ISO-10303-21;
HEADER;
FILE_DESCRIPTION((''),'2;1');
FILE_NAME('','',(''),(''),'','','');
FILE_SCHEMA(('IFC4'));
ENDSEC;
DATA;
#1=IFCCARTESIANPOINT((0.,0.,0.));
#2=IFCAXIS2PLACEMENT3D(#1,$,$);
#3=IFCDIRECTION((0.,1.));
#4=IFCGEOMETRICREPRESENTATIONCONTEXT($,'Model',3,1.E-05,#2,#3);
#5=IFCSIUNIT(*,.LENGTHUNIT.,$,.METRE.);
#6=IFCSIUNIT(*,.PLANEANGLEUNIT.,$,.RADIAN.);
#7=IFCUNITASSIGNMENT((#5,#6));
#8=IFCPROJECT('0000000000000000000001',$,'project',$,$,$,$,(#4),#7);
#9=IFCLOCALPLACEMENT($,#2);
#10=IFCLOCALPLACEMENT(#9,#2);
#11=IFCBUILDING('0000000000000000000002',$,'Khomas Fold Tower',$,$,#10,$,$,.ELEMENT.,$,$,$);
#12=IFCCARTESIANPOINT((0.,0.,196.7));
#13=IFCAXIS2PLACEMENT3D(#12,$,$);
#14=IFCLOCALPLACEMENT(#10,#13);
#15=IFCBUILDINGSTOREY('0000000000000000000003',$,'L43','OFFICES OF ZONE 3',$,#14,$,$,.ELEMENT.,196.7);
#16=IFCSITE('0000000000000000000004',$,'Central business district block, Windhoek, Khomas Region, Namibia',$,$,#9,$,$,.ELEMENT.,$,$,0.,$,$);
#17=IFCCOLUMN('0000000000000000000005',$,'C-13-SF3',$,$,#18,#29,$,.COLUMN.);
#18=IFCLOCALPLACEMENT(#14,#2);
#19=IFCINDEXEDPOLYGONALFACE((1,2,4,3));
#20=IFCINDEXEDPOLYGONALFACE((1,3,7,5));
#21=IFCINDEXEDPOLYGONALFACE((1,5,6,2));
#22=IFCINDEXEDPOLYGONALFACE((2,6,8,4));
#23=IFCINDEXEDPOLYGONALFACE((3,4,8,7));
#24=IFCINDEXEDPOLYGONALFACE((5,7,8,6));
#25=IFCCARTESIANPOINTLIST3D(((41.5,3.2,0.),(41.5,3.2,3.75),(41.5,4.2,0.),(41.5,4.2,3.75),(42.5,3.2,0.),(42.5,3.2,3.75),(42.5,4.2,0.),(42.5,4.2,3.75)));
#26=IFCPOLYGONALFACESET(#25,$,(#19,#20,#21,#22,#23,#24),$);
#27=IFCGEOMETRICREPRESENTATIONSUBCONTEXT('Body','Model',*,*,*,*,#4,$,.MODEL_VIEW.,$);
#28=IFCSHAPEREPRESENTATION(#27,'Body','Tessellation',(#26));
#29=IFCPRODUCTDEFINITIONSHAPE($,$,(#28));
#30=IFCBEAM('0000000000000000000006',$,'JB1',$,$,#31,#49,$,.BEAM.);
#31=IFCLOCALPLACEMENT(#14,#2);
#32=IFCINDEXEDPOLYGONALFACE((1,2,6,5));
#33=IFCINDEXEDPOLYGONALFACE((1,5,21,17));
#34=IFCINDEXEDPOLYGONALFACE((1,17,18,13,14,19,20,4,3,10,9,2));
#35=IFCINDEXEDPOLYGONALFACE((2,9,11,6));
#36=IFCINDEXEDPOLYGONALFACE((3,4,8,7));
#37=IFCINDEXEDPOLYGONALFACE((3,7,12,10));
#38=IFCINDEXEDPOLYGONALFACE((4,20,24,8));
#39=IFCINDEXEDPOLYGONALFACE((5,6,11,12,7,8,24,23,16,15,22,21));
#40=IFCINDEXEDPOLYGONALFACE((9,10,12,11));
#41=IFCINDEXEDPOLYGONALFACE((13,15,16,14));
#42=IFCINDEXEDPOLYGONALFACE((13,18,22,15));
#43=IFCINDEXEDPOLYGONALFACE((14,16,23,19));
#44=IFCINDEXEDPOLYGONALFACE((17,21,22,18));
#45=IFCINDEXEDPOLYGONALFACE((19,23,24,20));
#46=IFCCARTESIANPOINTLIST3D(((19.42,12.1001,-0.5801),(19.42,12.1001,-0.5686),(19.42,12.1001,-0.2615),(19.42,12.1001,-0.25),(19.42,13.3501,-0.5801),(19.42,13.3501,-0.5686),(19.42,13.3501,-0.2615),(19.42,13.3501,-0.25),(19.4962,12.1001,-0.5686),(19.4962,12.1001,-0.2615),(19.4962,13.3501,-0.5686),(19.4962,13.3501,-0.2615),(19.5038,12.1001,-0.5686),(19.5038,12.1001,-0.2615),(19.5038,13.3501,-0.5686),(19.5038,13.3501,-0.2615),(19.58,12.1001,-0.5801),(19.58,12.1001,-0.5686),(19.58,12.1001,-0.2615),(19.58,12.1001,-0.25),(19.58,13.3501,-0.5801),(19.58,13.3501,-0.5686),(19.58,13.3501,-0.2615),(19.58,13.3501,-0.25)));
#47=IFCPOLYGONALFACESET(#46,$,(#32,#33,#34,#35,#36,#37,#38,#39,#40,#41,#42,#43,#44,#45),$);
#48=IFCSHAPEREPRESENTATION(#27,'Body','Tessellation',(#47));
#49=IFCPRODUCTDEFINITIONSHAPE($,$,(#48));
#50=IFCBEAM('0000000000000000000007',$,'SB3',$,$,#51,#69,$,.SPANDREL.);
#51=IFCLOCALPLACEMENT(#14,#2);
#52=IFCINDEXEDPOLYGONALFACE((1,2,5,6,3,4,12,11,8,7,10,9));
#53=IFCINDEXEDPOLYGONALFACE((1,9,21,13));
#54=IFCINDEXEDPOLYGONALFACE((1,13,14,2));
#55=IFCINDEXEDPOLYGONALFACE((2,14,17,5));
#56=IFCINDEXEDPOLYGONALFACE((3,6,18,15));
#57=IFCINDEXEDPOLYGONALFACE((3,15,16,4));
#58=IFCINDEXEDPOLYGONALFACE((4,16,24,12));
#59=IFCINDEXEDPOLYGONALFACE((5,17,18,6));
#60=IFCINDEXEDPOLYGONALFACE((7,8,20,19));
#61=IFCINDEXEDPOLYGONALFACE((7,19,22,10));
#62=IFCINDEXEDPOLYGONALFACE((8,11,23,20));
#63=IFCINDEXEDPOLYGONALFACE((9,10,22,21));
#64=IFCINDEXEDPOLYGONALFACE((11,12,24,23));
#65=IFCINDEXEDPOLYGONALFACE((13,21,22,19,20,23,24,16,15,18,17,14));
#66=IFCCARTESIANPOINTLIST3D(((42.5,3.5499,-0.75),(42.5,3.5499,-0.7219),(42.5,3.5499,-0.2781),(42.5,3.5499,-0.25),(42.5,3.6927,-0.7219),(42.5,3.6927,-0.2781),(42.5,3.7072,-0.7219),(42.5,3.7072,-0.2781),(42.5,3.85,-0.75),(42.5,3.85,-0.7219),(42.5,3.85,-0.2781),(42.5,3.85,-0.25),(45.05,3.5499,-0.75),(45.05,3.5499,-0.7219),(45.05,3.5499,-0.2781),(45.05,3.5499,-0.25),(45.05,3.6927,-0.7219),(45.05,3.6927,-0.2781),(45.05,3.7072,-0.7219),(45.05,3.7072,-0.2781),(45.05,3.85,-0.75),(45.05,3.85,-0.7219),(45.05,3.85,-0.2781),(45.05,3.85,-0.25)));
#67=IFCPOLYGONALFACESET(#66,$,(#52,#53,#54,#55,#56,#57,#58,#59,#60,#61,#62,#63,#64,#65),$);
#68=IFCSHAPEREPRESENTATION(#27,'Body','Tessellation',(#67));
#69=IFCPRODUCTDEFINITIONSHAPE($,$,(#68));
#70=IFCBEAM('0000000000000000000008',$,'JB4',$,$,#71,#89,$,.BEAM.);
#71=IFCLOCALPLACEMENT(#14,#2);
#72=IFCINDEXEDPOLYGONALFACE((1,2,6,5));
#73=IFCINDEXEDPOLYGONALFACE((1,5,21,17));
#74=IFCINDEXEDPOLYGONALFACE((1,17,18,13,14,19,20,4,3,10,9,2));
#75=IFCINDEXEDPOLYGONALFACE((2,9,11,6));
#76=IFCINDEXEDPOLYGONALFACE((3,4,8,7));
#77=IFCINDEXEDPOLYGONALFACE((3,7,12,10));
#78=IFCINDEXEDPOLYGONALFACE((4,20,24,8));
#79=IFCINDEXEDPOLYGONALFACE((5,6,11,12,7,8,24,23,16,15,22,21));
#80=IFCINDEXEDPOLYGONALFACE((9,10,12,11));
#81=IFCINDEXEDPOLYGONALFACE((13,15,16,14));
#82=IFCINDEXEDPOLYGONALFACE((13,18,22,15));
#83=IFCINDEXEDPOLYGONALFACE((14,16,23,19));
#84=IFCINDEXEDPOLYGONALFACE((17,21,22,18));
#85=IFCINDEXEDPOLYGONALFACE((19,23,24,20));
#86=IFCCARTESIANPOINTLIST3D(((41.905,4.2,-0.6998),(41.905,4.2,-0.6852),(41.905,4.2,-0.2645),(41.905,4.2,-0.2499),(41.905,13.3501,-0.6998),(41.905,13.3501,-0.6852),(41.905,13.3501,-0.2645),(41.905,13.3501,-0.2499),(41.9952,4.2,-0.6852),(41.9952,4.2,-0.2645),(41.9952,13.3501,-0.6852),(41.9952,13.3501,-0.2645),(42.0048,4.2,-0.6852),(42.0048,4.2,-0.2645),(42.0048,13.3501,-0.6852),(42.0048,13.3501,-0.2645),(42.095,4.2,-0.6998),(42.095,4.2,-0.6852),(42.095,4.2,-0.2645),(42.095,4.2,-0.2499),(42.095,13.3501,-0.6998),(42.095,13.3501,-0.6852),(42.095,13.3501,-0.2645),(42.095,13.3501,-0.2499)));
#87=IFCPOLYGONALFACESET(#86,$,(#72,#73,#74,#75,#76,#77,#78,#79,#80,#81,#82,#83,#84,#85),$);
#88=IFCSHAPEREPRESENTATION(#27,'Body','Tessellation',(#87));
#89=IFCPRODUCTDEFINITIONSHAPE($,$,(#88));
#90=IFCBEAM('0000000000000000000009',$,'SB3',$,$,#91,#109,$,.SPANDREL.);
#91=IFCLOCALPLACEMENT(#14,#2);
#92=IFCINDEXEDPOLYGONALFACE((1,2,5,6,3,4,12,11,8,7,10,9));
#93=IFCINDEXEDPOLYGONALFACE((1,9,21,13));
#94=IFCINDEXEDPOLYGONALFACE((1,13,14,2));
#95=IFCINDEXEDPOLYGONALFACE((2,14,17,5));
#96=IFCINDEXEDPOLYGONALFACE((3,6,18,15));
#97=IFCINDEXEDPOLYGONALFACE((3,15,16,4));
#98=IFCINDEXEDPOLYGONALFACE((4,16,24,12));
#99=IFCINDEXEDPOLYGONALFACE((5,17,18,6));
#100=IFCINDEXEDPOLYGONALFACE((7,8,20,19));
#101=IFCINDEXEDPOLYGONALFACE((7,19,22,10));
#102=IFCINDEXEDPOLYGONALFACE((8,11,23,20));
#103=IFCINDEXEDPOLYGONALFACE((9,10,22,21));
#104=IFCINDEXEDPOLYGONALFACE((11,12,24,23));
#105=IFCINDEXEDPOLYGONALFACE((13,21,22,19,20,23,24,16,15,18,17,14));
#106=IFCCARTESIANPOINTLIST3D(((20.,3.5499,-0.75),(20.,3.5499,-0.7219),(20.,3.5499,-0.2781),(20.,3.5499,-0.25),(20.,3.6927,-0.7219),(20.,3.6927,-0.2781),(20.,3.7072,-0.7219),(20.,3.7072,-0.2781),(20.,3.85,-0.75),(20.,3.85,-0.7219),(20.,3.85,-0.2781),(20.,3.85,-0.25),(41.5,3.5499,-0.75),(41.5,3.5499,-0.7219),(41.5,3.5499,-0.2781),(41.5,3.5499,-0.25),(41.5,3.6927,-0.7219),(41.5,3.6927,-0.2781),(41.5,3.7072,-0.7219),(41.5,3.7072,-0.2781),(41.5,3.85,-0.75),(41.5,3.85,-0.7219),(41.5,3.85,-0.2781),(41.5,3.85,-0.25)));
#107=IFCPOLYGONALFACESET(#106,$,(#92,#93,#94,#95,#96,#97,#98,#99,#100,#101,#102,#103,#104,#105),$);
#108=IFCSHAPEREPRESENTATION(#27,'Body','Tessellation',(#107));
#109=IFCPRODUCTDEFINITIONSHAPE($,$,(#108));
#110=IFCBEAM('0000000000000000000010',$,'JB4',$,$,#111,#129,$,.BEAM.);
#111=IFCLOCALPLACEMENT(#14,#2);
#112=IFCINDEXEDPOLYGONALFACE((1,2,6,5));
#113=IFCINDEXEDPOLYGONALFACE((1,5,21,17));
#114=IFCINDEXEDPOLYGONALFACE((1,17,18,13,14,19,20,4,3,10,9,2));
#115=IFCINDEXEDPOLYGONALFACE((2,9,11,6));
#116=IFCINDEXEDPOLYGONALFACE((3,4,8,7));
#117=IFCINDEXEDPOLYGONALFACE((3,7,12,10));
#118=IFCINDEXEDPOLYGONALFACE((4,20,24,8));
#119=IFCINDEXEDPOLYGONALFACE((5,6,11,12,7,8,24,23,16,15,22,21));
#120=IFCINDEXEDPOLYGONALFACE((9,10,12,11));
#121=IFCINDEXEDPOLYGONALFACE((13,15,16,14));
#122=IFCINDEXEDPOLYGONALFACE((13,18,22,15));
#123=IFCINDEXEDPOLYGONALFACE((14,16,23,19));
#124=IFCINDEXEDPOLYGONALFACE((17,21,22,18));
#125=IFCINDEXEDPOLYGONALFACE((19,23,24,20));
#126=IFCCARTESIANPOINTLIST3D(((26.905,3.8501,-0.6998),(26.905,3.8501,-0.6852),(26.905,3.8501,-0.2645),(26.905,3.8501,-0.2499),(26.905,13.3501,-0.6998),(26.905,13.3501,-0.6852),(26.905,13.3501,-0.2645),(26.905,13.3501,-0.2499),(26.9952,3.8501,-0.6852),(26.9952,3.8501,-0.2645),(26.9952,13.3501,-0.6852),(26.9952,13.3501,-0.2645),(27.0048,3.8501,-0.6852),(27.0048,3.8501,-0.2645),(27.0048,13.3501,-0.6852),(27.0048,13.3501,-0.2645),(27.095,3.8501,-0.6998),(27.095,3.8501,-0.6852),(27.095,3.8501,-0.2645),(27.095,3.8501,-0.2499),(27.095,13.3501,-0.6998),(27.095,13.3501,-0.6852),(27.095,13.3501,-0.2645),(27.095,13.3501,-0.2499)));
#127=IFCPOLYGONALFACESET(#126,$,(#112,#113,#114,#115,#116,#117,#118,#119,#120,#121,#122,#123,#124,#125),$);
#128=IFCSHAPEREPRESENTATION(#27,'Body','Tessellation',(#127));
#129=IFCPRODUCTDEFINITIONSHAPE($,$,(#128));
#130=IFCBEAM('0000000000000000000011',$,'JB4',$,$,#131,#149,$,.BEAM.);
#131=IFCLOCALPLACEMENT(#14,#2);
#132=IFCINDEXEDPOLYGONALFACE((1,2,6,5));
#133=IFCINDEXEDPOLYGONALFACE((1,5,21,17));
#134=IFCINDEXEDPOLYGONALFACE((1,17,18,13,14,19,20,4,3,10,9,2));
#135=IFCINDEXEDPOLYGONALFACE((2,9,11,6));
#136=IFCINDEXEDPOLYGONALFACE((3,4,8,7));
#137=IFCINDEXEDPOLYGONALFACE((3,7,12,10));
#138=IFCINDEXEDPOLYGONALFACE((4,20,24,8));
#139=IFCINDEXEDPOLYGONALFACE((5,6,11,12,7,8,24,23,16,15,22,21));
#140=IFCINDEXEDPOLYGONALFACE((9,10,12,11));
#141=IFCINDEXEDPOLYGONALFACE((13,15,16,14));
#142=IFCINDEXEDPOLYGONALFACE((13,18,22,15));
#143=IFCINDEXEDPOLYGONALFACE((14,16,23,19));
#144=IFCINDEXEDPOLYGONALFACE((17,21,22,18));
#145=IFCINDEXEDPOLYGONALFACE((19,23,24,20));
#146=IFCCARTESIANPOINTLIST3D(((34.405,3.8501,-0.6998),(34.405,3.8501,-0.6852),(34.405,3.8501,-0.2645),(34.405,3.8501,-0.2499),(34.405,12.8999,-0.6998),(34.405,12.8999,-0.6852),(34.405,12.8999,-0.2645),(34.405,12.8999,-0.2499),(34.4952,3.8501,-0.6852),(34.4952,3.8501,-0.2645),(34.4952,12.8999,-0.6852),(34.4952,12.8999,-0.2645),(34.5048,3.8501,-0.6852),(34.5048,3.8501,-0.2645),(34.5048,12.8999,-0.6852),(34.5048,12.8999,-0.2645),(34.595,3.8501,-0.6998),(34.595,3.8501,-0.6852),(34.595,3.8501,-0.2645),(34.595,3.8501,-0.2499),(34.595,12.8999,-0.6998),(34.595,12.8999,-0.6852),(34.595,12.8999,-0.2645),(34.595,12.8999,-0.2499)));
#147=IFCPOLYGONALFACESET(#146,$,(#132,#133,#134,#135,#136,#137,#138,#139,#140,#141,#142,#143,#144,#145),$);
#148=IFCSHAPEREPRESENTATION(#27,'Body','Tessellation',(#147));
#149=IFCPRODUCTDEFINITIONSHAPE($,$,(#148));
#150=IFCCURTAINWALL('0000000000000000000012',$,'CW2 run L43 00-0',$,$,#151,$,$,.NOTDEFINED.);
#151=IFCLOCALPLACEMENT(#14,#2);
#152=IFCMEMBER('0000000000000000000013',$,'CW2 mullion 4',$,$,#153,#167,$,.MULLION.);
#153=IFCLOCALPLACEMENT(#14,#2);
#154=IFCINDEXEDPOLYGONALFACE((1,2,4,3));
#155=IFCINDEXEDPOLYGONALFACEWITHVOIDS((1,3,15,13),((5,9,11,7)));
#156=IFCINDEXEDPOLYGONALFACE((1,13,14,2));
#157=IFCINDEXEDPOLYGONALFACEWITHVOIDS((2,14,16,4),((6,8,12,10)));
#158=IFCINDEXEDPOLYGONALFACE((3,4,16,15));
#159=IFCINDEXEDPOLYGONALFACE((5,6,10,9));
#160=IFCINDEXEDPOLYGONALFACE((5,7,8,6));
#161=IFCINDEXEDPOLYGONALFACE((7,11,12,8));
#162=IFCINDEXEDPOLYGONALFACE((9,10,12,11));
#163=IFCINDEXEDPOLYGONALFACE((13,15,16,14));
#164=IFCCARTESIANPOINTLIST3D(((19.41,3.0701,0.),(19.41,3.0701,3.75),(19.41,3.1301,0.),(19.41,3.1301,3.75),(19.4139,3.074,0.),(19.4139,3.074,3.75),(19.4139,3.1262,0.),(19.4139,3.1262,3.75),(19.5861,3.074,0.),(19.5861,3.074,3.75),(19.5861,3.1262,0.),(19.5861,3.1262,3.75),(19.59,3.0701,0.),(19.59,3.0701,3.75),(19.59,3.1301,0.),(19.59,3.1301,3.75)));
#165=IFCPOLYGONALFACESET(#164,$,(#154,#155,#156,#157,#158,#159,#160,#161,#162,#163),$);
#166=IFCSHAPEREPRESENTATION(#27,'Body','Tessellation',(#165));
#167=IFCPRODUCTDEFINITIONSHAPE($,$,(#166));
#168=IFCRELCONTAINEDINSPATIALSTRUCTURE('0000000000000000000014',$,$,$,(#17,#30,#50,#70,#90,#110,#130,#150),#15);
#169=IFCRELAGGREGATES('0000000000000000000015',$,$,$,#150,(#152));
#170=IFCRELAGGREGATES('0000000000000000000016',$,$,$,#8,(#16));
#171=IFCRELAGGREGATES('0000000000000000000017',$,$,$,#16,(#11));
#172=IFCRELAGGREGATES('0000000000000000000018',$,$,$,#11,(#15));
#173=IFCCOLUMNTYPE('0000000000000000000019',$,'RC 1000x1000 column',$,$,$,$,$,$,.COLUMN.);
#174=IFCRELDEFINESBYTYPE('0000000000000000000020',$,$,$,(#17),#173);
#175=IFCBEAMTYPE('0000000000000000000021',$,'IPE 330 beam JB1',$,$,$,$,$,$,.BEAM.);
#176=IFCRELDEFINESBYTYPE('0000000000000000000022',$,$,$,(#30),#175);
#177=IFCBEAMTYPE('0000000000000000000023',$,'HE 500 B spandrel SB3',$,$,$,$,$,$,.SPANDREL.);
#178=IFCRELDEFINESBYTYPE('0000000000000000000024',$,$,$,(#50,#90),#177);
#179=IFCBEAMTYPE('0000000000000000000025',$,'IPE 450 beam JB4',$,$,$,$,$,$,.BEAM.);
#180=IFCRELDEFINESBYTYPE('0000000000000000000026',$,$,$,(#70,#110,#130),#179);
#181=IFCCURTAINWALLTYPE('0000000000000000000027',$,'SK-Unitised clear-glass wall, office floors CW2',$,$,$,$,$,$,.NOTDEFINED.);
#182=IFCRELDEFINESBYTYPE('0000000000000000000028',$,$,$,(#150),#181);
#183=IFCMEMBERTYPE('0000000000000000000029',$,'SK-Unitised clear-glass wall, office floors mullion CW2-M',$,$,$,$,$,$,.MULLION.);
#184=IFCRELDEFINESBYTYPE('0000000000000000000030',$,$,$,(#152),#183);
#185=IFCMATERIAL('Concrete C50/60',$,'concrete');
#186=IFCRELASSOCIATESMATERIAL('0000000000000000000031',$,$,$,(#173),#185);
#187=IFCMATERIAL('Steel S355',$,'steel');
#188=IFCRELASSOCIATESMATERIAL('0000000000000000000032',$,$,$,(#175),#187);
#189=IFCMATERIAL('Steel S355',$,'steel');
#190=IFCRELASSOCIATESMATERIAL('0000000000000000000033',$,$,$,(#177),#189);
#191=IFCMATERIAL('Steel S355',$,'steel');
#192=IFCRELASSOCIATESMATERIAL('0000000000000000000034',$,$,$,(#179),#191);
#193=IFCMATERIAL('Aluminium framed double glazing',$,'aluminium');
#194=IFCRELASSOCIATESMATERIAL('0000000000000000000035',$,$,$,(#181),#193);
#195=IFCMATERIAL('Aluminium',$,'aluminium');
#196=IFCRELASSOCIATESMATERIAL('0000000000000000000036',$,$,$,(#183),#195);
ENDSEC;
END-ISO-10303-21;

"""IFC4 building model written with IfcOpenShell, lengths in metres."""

from ifc_helpers import new_model, si_unit, direction, frame, origin, origin_2d, place, context, subcontext, project, spatial, rectangle, hollow_rectangle, i_section, extrude, source, transform, mapped, material, material_profile, profile_set, type_object, element, aggregate, save


model = new_model("IFC4")

# Units and contexts
model_context = context("Model", 3, precision=1e-05, world=origin(), true_north=direction((0.0, 1.0)))
body_context = subcontext(model_context, "Body", "Model", "MODEL_VIEW")
ifc_project = project(units=[si_unit("LENGTHUNIT", "METRE"), si_unit("PLANEANGLEUNIT", "RADIAN")], contexts=[model_context])

# Site, building, storey
site_placement = place(None, origin())
site = spatial("IfcSite", under=ifc_project, at=site_placement, Name="Central business district block, Windhoek, Khomas Region, Namibia", CompositionType="ELEMENT", RefElevation=0.0)
building_placement = place(site_placement, origin())
building = spatial("IfcBuilding", under=site, at=building_placement, Name="Khomas Fold Tower", CompositionType="ELEMENT")
storey_placement = place(building_placement, frame((0.0, 0.0, 196.7)))
storey = spatial("IfcBuildingStorey", under=building, at=storey_placement, Name="L43", Description="OFFICES OF ZONE 3", CompositionType="ELEMENT", Elevation=196.7)

# Column
ifc_material_1 = material(Name="Concrete C50/60", Category="concrete")
ifc_material_profile_1 = material_profile(ifc_material_1, rectangle(XDim=1.0, YDim=1.0, at=origin_2d()), Name="RC 1000x1000")
ifc_profile_set_1 = profile_set([ifc_material_profile_1], Name="Concrete C50/60")
column_type = type_object("IfcColumnType", Name="RC 1000x1000 column", PredefinedType="COLUMN", material=ifc_profile_set_1)
shared_shape_1 = source(origin(), body_context, "Body", "SweptSolid", [
    extrude(rectangle(XDim=1.0, YDim=1.0, at=origin_2d()), origin(), (0.0, 0.0, 1.0), 3.75),
])
column_placement = place(storey_placement, frame((42.0, 3.7, 0.0), z_axis=(0.0, 0.0, 1.0), x_axis=(1.0, 0.0, 0.0)))
element("IfcColumn", 1, at=column_placement, inside=storey, type_object=column_type, Name="C-13-SF3", PredefinedType="COLUMN", context=body_context, shape_type="MappedRepresentation", body=[
    mapped(shared_shape_1, transform((0.0, 0.0, 0.0))),
])

# Beams
ifc_material_2 = material(Name="Steel S355", Category="steel")
ifc_material_profile_2 = material_profile(ifc_material_2, i_section(OverallWidth=0.1599, OverallDepth=0.3301, WebThickness=0.0076, FlangeThickness=0.0115, at=origin_2d()), Name="IPE 330")
ifc_profile_set_2 = profile_set([ifc_material_profile_2], Name="Steel S355")
beam_type_1 = type_object("IfcBeamType", Name="IPE 330 beam JB1", PredefinedType="BEAM", material=ifc_profile_set_2)
shared_shape_2 = source(origin(), body_context, "Body", "SweptSolid", [
    extrude(i_section(OverallWidth=0.1599, OverallDepth=0.3301, WebThickness=0.0076, FlangeThickness=0.0115, at=origin_2d()), origin(), (0.0, 0.0, 1.0), 1.25),
])
beam_1_placement = place(storey_placement, frame((19.5, 12.1001, -0.415), z_axis=(0.0, 1.0, 0.0), x_axis=(-1.0, 0.0, 0.0)))
element("IfcBeam", 2, at=beam_1_placement, inside=storey, type_object=beam_type_1, Name="JB1", PredefinedType="BEAM", context=body_context, shape_type="MappedRepresentation", body=[
    mapped(shared_shape_2, transform((0.0, 0.0, 0.0))),
])
ifc_material_3 = material(Name="Steel S355", Category="steel")
ifc_material_profile_3 = material_profile(ifc_material_3, i_section(OverallWidth=0.3, OverallDepth=0.5, WebThickness=0.0144, FlangeThickness=0.0281, at=origin_2d()), Name="HE 500 B")
ifc_profile_set_3 = profile_set([ifc_material_profile_3], Name="Steel S355")
beam_type_2 = type_object("IfcBeamType", Name="HE 500 B spandrel SB3", PredefinedType="SPANDREL", material=ifc_profile_set_3)
shared_shape_3 = source(origin(), body_context, "Body", "SweptSolid", [
    extrude(i_section(OverallWidth=0.3, OverallDepth=0.5, WebThickness=0.0144, FlangeThickness=0.0281, at=origin_2d()), origin(), (0.0, 0.0, 1.0), 2.55),
])
beam_2_placement = place(storey_placement, frame((42.5, 3.7, -0.5), z_axis=(1.0, 0.0, 0.0), x_axis=(0.0, 1.0, 0.0)))
element("IfcBeam", 3, at=beam_2_placement, inside=storey, type_object=beam_type_2, Name="SB3", PredefinedType="SPANDREL", context=body_context, shape_type="MappedRepresentation", body=[
    mapped(shared_shape_3, transform((0.0, 0.0, 0.0))),
])
ifc_material_4 = material(Name="Steel S355", Category="steel")
ifc_material_profile_4 = material_profile(ifc_material_4, i_section(OverallWidth=0.1899, OverallDepth=0.45, WebThickness=0.0095, FlangeThickness=0.0146, at=origin_2d()), Name="IPE 450")
ifc_profile_set_4 = profile_set([ifc_material_profile_4], Name="Steel S355")
beam_type_3 = type_object("IfcBeamType", Name="IPE 450 beam JB4", PredefinedType="BEAM", material=ifc_profile_set_4)
shared_shape_4 = source(origin(), body_context, "Body", "SweptSolid", [
    extrude(i_section(OverallWidth=0.1899, OverallDepth=0.45, WebThickness=0.0095, FlangeThickness=0.0146, at=origin_2d()), origin(), (0.0, 0.0, 1.0), 9.1501),
])
beam_3_placement = place(storey_placement, frame((42.0, 4.2, -0.4749), z_axis=(0.0, 1.0, 0.0), x_axis=(-1.0, 0.0, 0.0)))
element("IfcBeam", 4, at=beam_3_placement, inside=storey, type_object=beam_type_3, Name="JB4", PredefinedType="BEAM", context=body_context, shape_type="MappedRepresentation", body=[
    mapped(shared_shape_4, transform((0.0, 0.0, 0.0))),
])
shared_shape_5 = source(origin(), body_context, "Body", "SweptSolid", [
    extrude(i_section(OverallWidth=0.3, OverallDepth=0.5, WebThickness=0.0144, FlangeThickness=0.0281, at=origin_2d()), origin(), (0.0, 0.0, 1.0), 21.5),
])
beam_4_placement = place(storey_placement, frame((20.0, 3.7, -0.5), z_axis=(1.0, 0.0, 0.0), x_axis=(0.0, 1.0, 0.0)))
element("IfcBeam", 5, at=beam_4_placement, inside=storey, type_object=beam_type_2, Name="SB3", PredefinedType="SPANDREL", context=body_context, shape_type="MappedRepresentation", body=[
    mapped(shared_shape_5, transform((0.0, 0.0, 0.0))),
])
shared_shape_6 = source(origin(), body_context, "Body", "SweptSolid", [
    extrude(i_section(OverallWidth=0.1899, OverallDepth=0.45, WebThickness=0.0095, FlangeThickness=0.0146, at=origin_2d()), origin(), (0.0, 0.0, 1.0), 9.5),
])
beam_5_placement = place(storey_placement, frame((27.0, 3.8501, -0.4749), z_axis=(0.0, 1.0, 0.0), x_axis=(-1.0, 0.0, 0.0)))
element("IfcBeam", 6, at=beam_5_placement, inside=storey, type_object=beam_type_3, Name="JB4", PredefinedType="BEAM", context=body_context, shape_type="MappedRepresentation", body=[
    mapped(shared_shape_6, transform((0.0, 0.0, 0.0))),
])
shared_shape_7 = source(origin(), body_context, "Body", "SweptSolid", [
    extrude(i_section(OverallWidth=0.1899, OverallDepth=0.45, WebThickness=0.0095, FlangeThickness=0.0146, at=origin_2d()), origin(), (0.0, 0.0, 1.0), 9.0498),
])
beam_6_placement = place(storey_placement, frame((34.5, 3.8501, -0.4749), z_axis=(0.0, 1.0, 0.0), x_axis=(-1.0, 0.0, 0.0)))
element("IfcBeam", 7, at=beam_6_placement, inside=storey, type_object=beam_type_3, Name="JB4", PredefinedType="BEAM", context=body_context, shape_type="MappedRepresentation", body=[
    mapped(shared_shape_7, transform((0.0, 0.0, 0.0))),
])

# Curtain wall, member
ifc_material_5 = material(Name="Aluminium framed double glazing", Category="aluminium")
curtain_wall_type = type_object("IfcCurtainWallType", Name="SK-Unitised clear-glass wall, office floors CW2", PredefinedType="NOTDEFINED", material=ifc_material_5)
curtain_wall_placement = place(storey_placement, origin())
curtain_wall = element("IfcCurtainWall", 8, at=curtain_wall_placement, inside=storey, type_object=curtain_wall_type, Name="CW2 run L43 00-0", PredefinedType="NOTDEFINED")
ifc_material_6 = material(Name="Aluminium", Category="aluminium")
ifc_material_profile_5 = material_profile(ifc_material_6, hollow_rectangle(XDim=0.0601, YDim=0.1799, WallThickness=0.0039, at=origin_2d()), Name="SK-Unitised clear-glass wall, office floors mullion CW2-M")
ifc_profile_set_5 = profile_set([ifc_material_profile_5], Name="Aluminium")
member_type_1 = type_object("IfcMemberType", Name="SK-Unitised clear-glass wall, office floors mullion CW2-M", PredefinedType="MULLION", material=ifc_profile_set_5)
shared_shape_8 = source(origin(), body_context, "Body", "SweptSolid", [
    extrude(hollow_rectangle(XDim=0.0601, YDim=0.1799, WallThickness=0.0039, at=origin_2d()), origin(), (0.0, 0.0, 1.0), 3.75),
])
member_1_placement = place(storey_placement, frame((19.5, 3.1001, 0.0), z_axis=(0.0, 0.0, 1.0), x_axis=(0.0, 1.0, 0.0)))
member_1 = element("IfcMember", 9, at=member_1_placement, type_object=member_type_1, Name="CW2 mullion 4", PredefinedType="MULLION", context=body_context, shape_type="MappedRepresentation", body=[
    mapped(shared_shape_8, transform((0.0, 0.0, 0.0))),
])
aggregate(curtain_wall, [member_1])

save(model, "model.ifc")
